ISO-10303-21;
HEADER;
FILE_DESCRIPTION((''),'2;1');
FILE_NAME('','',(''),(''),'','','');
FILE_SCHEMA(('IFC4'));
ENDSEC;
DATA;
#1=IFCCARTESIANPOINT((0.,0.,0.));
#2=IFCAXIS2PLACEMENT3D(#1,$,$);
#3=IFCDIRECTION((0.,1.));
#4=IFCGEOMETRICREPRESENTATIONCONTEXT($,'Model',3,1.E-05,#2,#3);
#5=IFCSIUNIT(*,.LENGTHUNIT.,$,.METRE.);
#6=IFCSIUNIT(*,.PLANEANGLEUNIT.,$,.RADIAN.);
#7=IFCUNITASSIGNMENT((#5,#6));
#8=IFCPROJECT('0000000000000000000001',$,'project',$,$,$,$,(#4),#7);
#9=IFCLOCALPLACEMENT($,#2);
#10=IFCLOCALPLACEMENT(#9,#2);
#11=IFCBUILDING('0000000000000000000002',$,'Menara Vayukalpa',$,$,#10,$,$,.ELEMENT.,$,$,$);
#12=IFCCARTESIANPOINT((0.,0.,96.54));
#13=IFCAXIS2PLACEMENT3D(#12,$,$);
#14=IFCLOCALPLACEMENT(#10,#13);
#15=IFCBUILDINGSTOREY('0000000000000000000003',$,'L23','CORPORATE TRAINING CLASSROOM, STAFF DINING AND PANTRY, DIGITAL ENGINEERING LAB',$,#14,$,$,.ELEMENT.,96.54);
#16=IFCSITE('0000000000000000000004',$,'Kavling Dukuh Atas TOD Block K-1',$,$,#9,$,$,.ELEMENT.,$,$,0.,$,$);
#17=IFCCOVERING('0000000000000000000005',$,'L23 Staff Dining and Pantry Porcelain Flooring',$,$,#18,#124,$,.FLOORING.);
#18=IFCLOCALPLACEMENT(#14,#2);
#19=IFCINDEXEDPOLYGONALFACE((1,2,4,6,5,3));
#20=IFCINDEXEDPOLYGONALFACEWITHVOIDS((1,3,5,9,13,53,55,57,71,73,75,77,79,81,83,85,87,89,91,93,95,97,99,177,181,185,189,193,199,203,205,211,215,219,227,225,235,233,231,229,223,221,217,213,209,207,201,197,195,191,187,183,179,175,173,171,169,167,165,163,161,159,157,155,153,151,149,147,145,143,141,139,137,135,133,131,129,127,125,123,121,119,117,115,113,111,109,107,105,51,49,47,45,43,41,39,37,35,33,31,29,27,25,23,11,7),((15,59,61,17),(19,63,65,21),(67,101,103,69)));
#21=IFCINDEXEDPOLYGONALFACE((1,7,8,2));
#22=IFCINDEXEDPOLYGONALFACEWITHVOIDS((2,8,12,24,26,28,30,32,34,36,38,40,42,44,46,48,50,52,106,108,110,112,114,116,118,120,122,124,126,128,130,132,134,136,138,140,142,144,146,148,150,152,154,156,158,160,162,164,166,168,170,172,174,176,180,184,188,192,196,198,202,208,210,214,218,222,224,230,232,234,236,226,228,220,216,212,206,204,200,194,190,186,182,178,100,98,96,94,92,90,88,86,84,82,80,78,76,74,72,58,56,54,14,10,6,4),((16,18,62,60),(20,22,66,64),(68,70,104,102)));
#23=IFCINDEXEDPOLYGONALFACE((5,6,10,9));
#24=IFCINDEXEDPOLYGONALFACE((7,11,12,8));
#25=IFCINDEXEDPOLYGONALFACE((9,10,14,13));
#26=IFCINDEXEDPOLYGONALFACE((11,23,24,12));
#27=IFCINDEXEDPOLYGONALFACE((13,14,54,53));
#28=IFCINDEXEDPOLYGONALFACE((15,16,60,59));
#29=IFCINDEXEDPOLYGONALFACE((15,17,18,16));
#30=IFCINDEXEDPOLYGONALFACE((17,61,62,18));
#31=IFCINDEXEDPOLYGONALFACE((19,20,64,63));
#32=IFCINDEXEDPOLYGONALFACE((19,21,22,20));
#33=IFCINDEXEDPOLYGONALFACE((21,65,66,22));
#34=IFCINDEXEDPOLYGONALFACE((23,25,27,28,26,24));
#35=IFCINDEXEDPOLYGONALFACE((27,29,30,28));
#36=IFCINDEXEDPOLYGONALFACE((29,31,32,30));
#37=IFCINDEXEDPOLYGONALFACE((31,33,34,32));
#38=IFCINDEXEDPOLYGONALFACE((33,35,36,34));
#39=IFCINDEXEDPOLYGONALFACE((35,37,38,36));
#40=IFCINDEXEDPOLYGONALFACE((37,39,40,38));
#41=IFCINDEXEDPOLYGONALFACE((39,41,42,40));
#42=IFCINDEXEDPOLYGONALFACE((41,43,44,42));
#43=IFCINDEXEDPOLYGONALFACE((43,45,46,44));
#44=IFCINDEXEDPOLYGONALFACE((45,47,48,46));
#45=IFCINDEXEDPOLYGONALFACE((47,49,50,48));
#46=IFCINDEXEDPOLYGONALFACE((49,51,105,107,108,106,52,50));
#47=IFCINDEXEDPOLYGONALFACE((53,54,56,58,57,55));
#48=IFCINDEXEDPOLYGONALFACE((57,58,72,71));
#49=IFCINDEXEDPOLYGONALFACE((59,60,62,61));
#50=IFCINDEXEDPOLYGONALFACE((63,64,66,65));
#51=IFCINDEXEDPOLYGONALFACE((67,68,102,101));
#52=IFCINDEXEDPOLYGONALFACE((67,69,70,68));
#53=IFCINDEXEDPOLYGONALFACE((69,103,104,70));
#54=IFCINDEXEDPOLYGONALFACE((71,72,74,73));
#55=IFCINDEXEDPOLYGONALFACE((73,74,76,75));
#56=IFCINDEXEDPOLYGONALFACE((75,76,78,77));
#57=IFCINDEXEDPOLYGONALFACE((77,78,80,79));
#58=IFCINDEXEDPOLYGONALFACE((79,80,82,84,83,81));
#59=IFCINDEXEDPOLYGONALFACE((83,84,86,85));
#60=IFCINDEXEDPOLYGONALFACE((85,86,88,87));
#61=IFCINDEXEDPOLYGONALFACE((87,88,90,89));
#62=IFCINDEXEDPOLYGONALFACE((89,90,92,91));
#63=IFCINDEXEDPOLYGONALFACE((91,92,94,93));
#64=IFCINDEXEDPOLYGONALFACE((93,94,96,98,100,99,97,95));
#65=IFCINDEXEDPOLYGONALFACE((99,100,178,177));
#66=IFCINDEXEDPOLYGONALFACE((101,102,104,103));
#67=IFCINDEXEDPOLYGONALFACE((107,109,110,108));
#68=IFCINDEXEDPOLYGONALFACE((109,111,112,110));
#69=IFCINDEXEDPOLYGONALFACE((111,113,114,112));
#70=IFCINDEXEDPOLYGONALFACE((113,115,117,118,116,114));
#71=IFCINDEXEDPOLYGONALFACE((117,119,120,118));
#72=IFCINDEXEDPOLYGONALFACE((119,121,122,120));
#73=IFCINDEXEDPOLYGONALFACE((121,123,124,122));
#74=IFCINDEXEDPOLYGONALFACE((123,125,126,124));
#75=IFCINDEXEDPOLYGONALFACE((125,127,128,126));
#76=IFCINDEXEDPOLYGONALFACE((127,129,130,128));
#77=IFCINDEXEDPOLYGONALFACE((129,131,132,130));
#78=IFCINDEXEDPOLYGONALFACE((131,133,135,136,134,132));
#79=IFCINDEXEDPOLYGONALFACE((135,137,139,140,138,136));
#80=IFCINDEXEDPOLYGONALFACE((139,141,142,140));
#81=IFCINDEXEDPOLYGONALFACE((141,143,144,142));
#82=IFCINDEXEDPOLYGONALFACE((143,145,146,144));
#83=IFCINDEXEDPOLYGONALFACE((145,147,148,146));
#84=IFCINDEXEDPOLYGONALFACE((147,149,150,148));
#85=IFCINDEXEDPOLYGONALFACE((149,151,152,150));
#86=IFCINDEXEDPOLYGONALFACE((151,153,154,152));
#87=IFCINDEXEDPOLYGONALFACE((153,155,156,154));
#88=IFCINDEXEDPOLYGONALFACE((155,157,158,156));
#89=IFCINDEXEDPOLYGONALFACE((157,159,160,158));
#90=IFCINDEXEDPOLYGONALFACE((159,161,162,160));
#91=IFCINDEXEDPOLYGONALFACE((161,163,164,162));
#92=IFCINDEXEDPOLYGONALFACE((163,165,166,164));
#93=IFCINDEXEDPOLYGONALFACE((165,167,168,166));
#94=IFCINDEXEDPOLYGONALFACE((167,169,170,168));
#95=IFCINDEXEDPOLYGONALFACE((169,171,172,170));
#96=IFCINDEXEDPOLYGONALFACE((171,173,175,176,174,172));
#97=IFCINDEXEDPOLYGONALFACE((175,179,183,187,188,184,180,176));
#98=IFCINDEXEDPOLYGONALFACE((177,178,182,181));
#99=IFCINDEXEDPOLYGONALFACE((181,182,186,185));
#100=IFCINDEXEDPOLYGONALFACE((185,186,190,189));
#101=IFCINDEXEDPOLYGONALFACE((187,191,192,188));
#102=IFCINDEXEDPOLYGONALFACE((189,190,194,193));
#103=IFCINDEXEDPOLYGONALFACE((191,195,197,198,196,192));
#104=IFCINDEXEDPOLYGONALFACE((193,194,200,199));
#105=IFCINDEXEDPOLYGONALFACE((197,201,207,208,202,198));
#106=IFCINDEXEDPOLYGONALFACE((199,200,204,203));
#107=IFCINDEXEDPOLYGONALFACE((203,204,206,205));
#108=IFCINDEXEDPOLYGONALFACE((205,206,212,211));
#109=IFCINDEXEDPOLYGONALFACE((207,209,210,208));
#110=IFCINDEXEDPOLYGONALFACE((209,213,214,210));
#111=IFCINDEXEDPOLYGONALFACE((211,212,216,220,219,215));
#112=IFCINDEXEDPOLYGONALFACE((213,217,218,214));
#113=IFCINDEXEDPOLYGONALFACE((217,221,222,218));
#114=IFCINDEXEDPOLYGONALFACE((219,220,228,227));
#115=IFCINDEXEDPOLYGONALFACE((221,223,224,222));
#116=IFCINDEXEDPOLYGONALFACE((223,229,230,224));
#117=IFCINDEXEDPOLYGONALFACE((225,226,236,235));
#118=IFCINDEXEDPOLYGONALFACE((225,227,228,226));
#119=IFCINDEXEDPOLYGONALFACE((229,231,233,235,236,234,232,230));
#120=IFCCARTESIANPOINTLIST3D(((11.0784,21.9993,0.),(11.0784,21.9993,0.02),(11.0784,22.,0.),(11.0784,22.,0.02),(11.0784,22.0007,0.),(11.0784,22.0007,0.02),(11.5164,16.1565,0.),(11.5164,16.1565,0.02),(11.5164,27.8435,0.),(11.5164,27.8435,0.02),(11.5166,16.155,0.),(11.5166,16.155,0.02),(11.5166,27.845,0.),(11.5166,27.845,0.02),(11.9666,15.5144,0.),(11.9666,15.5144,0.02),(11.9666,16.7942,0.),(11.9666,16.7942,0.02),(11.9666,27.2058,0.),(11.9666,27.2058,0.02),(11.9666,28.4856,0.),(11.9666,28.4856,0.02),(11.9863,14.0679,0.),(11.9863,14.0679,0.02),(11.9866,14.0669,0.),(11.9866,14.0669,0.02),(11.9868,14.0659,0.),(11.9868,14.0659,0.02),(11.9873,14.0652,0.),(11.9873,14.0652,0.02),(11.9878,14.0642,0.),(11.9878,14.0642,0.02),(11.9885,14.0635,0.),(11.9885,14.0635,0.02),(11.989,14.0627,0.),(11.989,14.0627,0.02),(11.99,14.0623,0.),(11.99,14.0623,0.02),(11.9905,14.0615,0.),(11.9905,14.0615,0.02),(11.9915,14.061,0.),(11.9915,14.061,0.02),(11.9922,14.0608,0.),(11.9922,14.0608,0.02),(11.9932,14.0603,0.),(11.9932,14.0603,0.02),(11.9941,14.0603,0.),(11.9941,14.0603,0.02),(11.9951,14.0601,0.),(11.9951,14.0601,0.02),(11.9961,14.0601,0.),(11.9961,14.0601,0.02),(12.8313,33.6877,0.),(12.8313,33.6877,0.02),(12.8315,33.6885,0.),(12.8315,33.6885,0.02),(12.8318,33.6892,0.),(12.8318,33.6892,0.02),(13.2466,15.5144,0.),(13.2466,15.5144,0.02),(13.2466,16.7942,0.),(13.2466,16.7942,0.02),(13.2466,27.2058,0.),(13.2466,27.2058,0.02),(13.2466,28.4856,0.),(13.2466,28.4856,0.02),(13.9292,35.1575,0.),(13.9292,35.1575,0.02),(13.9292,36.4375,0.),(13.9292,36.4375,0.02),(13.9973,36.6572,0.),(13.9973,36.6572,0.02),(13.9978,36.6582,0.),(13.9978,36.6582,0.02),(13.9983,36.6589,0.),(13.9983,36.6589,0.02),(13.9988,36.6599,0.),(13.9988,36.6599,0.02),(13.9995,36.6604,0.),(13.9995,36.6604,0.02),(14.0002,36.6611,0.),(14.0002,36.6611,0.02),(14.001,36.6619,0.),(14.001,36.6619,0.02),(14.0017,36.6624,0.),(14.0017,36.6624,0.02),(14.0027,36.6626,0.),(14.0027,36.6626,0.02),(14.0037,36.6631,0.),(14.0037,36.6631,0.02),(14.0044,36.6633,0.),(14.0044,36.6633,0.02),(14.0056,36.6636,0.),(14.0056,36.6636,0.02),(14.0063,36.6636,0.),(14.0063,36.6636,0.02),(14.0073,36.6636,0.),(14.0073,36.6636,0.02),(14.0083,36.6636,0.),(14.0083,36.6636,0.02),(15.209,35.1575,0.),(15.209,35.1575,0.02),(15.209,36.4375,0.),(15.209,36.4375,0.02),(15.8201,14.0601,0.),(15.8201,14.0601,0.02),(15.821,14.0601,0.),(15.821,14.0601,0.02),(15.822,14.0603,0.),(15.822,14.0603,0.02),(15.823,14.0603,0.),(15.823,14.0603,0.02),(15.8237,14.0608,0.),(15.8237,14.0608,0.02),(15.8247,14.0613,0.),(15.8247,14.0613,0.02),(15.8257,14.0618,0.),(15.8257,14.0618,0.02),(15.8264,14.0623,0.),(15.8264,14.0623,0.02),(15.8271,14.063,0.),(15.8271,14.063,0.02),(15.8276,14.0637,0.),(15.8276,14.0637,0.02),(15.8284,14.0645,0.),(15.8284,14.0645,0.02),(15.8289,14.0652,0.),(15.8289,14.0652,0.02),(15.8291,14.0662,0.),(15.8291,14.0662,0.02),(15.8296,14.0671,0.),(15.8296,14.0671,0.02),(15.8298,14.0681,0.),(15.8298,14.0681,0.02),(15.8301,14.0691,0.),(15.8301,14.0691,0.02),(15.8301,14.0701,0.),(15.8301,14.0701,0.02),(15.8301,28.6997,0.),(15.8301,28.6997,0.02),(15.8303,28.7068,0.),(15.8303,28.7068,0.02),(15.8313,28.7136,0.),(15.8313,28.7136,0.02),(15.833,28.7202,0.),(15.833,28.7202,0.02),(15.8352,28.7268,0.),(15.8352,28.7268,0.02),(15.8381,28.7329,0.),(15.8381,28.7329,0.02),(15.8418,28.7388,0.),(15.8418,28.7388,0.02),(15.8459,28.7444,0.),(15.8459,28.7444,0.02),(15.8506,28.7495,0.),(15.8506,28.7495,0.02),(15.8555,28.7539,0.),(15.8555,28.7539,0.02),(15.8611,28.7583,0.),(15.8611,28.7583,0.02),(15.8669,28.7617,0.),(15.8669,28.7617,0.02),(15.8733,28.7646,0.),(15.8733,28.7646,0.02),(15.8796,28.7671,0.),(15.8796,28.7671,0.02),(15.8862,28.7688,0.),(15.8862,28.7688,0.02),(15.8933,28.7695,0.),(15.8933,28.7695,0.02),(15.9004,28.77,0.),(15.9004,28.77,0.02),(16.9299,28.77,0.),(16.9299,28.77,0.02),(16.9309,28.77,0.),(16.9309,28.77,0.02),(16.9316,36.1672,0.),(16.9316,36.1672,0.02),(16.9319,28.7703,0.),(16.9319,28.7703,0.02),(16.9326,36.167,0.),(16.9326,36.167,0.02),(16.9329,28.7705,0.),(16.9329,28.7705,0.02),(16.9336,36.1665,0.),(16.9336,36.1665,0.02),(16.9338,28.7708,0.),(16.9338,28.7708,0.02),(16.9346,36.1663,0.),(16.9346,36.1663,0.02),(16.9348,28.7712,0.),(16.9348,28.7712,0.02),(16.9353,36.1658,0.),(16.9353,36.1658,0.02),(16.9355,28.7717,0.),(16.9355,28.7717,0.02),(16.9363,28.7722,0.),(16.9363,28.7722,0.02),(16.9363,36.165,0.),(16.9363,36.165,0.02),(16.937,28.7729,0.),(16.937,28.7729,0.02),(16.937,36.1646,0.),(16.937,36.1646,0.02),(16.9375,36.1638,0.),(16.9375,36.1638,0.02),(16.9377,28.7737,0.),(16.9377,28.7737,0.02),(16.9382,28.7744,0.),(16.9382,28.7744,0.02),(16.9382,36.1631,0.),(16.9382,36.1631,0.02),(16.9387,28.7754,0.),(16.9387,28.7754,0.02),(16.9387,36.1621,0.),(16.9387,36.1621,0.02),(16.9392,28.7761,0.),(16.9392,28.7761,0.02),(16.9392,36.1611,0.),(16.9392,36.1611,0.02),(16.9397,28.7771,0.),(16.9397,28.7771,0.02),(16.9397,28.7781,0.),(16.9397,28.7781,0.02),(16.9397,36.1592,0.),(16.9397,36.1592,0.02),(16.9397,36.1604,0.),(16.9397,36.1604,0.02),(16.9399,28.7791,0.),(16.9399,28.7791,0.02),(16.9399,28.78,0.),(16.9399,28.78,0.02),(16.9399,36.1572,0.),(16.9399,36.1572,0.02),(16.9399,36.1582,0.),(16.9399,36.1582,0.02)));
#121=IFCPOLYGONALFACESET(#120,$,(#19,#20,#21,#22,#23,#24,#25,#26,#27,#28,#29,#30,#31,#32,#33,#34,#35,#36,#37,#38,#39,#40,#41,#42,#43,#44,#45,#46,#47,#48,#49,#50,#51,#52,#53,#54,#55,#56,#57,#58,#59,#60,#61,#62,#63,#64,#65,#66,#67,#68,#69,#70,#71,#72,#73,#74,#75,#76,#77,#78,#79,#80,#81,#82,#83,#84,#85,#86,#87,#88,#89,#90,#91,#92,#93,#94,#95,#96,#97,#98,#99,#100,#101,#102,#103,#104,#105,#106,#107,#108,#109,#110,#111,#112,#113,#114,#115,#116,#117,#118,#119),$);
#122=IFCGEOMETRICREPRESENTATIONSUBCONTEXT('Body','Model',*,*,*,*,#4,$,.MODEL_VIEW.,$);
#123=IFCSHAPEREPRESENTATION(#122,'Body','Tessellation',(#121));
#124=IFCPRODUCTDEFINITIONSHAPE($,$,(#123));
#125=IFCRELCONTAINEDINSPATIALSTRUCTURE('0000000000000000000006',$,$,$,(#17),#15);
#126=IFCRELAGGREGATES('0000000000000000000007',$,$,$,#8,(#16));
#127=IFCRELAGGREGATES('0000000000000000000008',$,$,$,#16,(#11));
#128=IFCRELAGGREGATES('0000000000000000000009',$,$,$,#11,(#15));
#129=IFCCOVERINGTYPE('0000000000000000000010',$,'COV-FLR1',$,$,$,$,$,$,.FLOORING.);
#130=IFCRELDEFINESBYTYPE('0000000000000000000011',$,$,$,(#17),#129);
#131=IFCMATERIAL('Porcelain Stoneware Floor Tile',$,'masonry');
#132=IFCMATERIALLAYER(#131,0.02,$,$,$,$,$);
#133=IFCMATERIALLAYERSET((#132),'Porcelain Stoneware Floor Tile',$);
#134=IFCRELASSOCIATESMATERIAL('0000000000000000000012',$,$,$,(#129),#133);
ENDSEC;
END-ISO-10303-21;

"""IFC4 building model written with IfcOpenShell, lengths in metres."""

from ifc_helpers import new_model, si_unit, direction, frame, origin, place, context, subcontext, project, spatial, polyline, outline, extrude, material, layer, layer_set, type_object, element, save


model = new_model("IFC4")

# Units and contexts
model_context = context("Model", 3, precision=1e-05, world=origin(), true_north=direction((0.0, 1.0)))
body_context = subcontext(model_context, "Body", "Model", "MODEL_VIEW")
ifc_project = project(units=[si_unit("LENGTHUNIT", "METRE"), si_unit("PLANEANGLEUNIT", "RADIAN")], contexts=[model_context])

# Site, building, storey
site_placement = place(None, origin())
site = spatial("IfcSite", under=ifc_project, at=site_placement, Name="Kavling Dukuh Atas TOD Block K-1", CompositionType="ELEMENT", RefElevation=0.0)
building_placement = place(site_placement, origin())
building = spatial("IfcBuilding", under=site, at=building_placement, Name="Menara Vayukalpa", CompositionType="ELEMENT")
storey_placement = place(building_placement, frame((0.0, 0.0, 96.54)))
storey = spatial("IfcBuildingStorey", under=building, at=storey_placement, Name="L23", Description="CORPORATE TRAINING CLASSROOM, STAFF DINING AND PANTRY, DIGITAL ENGINEERING LAB", CompositionType="ELEMENT", Elevation=96.54)

# Covering
ifc_material_1 = material(Name="Porcelain Stoneware Floor Tile", Category="masonry")
ifc_layer_1 = layer(ifc_material_1, 0.02)
ifc_layer_set_1 = layer_set([ifc_layer_1], Name="Porcelain Stoneware Floor Tile")
covering_type_1 = type_object("IfcCoveringType", Name="COV-FLR1", PredefinedType="FLOORING", material=ifc_layer_set_1)
covering_1_placement = place(storey_placement, origin())
element("IfcCovering", 1, at=covering_1_placement, inside=storey, type_object=covering_type_1, Name="L23 Staff Dining and Pantry Porcelain Flooring", PredefinedType="FLOORING", context=body_context, shape_type="SweptSolid", body=[
    extrude(outline(polyline([(11.0784, 22.0), (11.0784, 22.0007), (11.5164, 27.8435), (11.5166, 27.845), (12.8313, 33.6877), (12.8315, 33.6885), (12.8318, 33.6892), (13.9973, 36.6572), (13.9978, 36.6582), (13.9983, 36.6589), (13.9988, 36.6599), (13.9995, 36.6604), (14.0002, 36.6611), (14.001, 36.6619), (14.0017, 36.6624), (14.0027, 36.6626), (14.0037, 36.6631), (14.0044, 36.6633), (14.0056, 36.6636), (14.0063, 36.6636), (14.0073, 36.6636), (14.0083, 36.6636), (16.9316, 36.1672), (16.9326, 36.167), (16.9336, 36.1665), (16.9346, 36.1663), (16.9353, 36.1658), (16.9363, 36.165), (16.937, 36.1646), (16.9375, 36.1638), (16.9382, 36.1631), (16.9387, 36.1621), (16.9392, 36.1611), (16.9397, 36.1604), (16.9397, 36.1592), (16.9399, 36.1582), (16.9399, 36.1572), (16.9399, 28.78), (16.9399, 28.7791), (16.9397, 28.7781), (16.9397, 28.7771), (16.9392, 28.7761), (16.9387, 28.7754), (16.9382, 28.7744), (16.9377, 28.7737), (16.937, 28.7729), (16.9363, 28.7722), (16.9355, 28.7717), (16.9348, 28.7712), (16.9338, 28.7708), (16.9329, 28.7705), (16.9319, 28.7703), (16.9309, 28.77), (16.9299, 28.77), (15.9004, 28.77), (15.8933, 28.7695), (15.8862, 28.7688), (15.8796, 28.7671), (15.8733, 28.7646), (15.8669, 28.7617), (15.8611, 28.7583), (15.8555, 28.7539), (15.8506, 28.7495), (15.8459, 28.7444), (15.8418, 28.7388), (15.8381, 28.7329), (15.8352, 28.7268), (15.833, 28.7202), (15.8313, 28.7136), (15.8303, 28.7068), (15.8301, 28.6997), (15.8301, 14.0701), (15.8301, 14.0691), (15.8298, 14.0681), (15.8296, 14.0671), (15.8291, 14.0662), (15.8289, 14.0652), (15.8284, 14.0645), (15.8276, 14.0637), (15.8271, 14.063), (15.8264, 14.0623), (15.8257, 14.0618), (15.8247, 14.0613), (15.8237, 14.0608), (15.823, 14.0603), (15.822, 14.0603), (15.821, 14.0601), (15.8201, 14.0601), (11.9961, 14.0601), (11.9951, 14.0601), (11.9941, 14.0603), (11.9932, 14.0603), (11.9922, 14.0608), (11.9915, 14.061), (11.9905, 14.0615), (11.99, 14.0623), (11.989, 14.0627), (11.9885, 14.0635), (11.9878, 14.0642), (11.9873, 14.0652), (11.9868, 14.0659), (11.9866, 14.0669), (11.9863, 14.0679), (11.5166, 16.155), (11.5164, 16.1565), (11.0784, 21.9993), (11.0784, 22.0)]), holes=[polyline([(13.2466, 16.7942), (11.9666, 16.7942), (11.9666, 15.5144), (13.2466, 15.5144), (13.2466, 16.7942)]), polyline([(13.2466, 28.4856), (11.9666, 28.4856), (11.9666, 27.2058), (13.2466, 27.2058), (13.2466, 28.4856)]), polyline([(15.209, 36.4375), (13.9292, 36.4375), (13.9292, 35.1575), (15.209, 35.1575), (15.209, 36.4375)])]), origin(), (0.0, 0.0, 1.0), 0.02),
])

save(model, "model.ifc")
